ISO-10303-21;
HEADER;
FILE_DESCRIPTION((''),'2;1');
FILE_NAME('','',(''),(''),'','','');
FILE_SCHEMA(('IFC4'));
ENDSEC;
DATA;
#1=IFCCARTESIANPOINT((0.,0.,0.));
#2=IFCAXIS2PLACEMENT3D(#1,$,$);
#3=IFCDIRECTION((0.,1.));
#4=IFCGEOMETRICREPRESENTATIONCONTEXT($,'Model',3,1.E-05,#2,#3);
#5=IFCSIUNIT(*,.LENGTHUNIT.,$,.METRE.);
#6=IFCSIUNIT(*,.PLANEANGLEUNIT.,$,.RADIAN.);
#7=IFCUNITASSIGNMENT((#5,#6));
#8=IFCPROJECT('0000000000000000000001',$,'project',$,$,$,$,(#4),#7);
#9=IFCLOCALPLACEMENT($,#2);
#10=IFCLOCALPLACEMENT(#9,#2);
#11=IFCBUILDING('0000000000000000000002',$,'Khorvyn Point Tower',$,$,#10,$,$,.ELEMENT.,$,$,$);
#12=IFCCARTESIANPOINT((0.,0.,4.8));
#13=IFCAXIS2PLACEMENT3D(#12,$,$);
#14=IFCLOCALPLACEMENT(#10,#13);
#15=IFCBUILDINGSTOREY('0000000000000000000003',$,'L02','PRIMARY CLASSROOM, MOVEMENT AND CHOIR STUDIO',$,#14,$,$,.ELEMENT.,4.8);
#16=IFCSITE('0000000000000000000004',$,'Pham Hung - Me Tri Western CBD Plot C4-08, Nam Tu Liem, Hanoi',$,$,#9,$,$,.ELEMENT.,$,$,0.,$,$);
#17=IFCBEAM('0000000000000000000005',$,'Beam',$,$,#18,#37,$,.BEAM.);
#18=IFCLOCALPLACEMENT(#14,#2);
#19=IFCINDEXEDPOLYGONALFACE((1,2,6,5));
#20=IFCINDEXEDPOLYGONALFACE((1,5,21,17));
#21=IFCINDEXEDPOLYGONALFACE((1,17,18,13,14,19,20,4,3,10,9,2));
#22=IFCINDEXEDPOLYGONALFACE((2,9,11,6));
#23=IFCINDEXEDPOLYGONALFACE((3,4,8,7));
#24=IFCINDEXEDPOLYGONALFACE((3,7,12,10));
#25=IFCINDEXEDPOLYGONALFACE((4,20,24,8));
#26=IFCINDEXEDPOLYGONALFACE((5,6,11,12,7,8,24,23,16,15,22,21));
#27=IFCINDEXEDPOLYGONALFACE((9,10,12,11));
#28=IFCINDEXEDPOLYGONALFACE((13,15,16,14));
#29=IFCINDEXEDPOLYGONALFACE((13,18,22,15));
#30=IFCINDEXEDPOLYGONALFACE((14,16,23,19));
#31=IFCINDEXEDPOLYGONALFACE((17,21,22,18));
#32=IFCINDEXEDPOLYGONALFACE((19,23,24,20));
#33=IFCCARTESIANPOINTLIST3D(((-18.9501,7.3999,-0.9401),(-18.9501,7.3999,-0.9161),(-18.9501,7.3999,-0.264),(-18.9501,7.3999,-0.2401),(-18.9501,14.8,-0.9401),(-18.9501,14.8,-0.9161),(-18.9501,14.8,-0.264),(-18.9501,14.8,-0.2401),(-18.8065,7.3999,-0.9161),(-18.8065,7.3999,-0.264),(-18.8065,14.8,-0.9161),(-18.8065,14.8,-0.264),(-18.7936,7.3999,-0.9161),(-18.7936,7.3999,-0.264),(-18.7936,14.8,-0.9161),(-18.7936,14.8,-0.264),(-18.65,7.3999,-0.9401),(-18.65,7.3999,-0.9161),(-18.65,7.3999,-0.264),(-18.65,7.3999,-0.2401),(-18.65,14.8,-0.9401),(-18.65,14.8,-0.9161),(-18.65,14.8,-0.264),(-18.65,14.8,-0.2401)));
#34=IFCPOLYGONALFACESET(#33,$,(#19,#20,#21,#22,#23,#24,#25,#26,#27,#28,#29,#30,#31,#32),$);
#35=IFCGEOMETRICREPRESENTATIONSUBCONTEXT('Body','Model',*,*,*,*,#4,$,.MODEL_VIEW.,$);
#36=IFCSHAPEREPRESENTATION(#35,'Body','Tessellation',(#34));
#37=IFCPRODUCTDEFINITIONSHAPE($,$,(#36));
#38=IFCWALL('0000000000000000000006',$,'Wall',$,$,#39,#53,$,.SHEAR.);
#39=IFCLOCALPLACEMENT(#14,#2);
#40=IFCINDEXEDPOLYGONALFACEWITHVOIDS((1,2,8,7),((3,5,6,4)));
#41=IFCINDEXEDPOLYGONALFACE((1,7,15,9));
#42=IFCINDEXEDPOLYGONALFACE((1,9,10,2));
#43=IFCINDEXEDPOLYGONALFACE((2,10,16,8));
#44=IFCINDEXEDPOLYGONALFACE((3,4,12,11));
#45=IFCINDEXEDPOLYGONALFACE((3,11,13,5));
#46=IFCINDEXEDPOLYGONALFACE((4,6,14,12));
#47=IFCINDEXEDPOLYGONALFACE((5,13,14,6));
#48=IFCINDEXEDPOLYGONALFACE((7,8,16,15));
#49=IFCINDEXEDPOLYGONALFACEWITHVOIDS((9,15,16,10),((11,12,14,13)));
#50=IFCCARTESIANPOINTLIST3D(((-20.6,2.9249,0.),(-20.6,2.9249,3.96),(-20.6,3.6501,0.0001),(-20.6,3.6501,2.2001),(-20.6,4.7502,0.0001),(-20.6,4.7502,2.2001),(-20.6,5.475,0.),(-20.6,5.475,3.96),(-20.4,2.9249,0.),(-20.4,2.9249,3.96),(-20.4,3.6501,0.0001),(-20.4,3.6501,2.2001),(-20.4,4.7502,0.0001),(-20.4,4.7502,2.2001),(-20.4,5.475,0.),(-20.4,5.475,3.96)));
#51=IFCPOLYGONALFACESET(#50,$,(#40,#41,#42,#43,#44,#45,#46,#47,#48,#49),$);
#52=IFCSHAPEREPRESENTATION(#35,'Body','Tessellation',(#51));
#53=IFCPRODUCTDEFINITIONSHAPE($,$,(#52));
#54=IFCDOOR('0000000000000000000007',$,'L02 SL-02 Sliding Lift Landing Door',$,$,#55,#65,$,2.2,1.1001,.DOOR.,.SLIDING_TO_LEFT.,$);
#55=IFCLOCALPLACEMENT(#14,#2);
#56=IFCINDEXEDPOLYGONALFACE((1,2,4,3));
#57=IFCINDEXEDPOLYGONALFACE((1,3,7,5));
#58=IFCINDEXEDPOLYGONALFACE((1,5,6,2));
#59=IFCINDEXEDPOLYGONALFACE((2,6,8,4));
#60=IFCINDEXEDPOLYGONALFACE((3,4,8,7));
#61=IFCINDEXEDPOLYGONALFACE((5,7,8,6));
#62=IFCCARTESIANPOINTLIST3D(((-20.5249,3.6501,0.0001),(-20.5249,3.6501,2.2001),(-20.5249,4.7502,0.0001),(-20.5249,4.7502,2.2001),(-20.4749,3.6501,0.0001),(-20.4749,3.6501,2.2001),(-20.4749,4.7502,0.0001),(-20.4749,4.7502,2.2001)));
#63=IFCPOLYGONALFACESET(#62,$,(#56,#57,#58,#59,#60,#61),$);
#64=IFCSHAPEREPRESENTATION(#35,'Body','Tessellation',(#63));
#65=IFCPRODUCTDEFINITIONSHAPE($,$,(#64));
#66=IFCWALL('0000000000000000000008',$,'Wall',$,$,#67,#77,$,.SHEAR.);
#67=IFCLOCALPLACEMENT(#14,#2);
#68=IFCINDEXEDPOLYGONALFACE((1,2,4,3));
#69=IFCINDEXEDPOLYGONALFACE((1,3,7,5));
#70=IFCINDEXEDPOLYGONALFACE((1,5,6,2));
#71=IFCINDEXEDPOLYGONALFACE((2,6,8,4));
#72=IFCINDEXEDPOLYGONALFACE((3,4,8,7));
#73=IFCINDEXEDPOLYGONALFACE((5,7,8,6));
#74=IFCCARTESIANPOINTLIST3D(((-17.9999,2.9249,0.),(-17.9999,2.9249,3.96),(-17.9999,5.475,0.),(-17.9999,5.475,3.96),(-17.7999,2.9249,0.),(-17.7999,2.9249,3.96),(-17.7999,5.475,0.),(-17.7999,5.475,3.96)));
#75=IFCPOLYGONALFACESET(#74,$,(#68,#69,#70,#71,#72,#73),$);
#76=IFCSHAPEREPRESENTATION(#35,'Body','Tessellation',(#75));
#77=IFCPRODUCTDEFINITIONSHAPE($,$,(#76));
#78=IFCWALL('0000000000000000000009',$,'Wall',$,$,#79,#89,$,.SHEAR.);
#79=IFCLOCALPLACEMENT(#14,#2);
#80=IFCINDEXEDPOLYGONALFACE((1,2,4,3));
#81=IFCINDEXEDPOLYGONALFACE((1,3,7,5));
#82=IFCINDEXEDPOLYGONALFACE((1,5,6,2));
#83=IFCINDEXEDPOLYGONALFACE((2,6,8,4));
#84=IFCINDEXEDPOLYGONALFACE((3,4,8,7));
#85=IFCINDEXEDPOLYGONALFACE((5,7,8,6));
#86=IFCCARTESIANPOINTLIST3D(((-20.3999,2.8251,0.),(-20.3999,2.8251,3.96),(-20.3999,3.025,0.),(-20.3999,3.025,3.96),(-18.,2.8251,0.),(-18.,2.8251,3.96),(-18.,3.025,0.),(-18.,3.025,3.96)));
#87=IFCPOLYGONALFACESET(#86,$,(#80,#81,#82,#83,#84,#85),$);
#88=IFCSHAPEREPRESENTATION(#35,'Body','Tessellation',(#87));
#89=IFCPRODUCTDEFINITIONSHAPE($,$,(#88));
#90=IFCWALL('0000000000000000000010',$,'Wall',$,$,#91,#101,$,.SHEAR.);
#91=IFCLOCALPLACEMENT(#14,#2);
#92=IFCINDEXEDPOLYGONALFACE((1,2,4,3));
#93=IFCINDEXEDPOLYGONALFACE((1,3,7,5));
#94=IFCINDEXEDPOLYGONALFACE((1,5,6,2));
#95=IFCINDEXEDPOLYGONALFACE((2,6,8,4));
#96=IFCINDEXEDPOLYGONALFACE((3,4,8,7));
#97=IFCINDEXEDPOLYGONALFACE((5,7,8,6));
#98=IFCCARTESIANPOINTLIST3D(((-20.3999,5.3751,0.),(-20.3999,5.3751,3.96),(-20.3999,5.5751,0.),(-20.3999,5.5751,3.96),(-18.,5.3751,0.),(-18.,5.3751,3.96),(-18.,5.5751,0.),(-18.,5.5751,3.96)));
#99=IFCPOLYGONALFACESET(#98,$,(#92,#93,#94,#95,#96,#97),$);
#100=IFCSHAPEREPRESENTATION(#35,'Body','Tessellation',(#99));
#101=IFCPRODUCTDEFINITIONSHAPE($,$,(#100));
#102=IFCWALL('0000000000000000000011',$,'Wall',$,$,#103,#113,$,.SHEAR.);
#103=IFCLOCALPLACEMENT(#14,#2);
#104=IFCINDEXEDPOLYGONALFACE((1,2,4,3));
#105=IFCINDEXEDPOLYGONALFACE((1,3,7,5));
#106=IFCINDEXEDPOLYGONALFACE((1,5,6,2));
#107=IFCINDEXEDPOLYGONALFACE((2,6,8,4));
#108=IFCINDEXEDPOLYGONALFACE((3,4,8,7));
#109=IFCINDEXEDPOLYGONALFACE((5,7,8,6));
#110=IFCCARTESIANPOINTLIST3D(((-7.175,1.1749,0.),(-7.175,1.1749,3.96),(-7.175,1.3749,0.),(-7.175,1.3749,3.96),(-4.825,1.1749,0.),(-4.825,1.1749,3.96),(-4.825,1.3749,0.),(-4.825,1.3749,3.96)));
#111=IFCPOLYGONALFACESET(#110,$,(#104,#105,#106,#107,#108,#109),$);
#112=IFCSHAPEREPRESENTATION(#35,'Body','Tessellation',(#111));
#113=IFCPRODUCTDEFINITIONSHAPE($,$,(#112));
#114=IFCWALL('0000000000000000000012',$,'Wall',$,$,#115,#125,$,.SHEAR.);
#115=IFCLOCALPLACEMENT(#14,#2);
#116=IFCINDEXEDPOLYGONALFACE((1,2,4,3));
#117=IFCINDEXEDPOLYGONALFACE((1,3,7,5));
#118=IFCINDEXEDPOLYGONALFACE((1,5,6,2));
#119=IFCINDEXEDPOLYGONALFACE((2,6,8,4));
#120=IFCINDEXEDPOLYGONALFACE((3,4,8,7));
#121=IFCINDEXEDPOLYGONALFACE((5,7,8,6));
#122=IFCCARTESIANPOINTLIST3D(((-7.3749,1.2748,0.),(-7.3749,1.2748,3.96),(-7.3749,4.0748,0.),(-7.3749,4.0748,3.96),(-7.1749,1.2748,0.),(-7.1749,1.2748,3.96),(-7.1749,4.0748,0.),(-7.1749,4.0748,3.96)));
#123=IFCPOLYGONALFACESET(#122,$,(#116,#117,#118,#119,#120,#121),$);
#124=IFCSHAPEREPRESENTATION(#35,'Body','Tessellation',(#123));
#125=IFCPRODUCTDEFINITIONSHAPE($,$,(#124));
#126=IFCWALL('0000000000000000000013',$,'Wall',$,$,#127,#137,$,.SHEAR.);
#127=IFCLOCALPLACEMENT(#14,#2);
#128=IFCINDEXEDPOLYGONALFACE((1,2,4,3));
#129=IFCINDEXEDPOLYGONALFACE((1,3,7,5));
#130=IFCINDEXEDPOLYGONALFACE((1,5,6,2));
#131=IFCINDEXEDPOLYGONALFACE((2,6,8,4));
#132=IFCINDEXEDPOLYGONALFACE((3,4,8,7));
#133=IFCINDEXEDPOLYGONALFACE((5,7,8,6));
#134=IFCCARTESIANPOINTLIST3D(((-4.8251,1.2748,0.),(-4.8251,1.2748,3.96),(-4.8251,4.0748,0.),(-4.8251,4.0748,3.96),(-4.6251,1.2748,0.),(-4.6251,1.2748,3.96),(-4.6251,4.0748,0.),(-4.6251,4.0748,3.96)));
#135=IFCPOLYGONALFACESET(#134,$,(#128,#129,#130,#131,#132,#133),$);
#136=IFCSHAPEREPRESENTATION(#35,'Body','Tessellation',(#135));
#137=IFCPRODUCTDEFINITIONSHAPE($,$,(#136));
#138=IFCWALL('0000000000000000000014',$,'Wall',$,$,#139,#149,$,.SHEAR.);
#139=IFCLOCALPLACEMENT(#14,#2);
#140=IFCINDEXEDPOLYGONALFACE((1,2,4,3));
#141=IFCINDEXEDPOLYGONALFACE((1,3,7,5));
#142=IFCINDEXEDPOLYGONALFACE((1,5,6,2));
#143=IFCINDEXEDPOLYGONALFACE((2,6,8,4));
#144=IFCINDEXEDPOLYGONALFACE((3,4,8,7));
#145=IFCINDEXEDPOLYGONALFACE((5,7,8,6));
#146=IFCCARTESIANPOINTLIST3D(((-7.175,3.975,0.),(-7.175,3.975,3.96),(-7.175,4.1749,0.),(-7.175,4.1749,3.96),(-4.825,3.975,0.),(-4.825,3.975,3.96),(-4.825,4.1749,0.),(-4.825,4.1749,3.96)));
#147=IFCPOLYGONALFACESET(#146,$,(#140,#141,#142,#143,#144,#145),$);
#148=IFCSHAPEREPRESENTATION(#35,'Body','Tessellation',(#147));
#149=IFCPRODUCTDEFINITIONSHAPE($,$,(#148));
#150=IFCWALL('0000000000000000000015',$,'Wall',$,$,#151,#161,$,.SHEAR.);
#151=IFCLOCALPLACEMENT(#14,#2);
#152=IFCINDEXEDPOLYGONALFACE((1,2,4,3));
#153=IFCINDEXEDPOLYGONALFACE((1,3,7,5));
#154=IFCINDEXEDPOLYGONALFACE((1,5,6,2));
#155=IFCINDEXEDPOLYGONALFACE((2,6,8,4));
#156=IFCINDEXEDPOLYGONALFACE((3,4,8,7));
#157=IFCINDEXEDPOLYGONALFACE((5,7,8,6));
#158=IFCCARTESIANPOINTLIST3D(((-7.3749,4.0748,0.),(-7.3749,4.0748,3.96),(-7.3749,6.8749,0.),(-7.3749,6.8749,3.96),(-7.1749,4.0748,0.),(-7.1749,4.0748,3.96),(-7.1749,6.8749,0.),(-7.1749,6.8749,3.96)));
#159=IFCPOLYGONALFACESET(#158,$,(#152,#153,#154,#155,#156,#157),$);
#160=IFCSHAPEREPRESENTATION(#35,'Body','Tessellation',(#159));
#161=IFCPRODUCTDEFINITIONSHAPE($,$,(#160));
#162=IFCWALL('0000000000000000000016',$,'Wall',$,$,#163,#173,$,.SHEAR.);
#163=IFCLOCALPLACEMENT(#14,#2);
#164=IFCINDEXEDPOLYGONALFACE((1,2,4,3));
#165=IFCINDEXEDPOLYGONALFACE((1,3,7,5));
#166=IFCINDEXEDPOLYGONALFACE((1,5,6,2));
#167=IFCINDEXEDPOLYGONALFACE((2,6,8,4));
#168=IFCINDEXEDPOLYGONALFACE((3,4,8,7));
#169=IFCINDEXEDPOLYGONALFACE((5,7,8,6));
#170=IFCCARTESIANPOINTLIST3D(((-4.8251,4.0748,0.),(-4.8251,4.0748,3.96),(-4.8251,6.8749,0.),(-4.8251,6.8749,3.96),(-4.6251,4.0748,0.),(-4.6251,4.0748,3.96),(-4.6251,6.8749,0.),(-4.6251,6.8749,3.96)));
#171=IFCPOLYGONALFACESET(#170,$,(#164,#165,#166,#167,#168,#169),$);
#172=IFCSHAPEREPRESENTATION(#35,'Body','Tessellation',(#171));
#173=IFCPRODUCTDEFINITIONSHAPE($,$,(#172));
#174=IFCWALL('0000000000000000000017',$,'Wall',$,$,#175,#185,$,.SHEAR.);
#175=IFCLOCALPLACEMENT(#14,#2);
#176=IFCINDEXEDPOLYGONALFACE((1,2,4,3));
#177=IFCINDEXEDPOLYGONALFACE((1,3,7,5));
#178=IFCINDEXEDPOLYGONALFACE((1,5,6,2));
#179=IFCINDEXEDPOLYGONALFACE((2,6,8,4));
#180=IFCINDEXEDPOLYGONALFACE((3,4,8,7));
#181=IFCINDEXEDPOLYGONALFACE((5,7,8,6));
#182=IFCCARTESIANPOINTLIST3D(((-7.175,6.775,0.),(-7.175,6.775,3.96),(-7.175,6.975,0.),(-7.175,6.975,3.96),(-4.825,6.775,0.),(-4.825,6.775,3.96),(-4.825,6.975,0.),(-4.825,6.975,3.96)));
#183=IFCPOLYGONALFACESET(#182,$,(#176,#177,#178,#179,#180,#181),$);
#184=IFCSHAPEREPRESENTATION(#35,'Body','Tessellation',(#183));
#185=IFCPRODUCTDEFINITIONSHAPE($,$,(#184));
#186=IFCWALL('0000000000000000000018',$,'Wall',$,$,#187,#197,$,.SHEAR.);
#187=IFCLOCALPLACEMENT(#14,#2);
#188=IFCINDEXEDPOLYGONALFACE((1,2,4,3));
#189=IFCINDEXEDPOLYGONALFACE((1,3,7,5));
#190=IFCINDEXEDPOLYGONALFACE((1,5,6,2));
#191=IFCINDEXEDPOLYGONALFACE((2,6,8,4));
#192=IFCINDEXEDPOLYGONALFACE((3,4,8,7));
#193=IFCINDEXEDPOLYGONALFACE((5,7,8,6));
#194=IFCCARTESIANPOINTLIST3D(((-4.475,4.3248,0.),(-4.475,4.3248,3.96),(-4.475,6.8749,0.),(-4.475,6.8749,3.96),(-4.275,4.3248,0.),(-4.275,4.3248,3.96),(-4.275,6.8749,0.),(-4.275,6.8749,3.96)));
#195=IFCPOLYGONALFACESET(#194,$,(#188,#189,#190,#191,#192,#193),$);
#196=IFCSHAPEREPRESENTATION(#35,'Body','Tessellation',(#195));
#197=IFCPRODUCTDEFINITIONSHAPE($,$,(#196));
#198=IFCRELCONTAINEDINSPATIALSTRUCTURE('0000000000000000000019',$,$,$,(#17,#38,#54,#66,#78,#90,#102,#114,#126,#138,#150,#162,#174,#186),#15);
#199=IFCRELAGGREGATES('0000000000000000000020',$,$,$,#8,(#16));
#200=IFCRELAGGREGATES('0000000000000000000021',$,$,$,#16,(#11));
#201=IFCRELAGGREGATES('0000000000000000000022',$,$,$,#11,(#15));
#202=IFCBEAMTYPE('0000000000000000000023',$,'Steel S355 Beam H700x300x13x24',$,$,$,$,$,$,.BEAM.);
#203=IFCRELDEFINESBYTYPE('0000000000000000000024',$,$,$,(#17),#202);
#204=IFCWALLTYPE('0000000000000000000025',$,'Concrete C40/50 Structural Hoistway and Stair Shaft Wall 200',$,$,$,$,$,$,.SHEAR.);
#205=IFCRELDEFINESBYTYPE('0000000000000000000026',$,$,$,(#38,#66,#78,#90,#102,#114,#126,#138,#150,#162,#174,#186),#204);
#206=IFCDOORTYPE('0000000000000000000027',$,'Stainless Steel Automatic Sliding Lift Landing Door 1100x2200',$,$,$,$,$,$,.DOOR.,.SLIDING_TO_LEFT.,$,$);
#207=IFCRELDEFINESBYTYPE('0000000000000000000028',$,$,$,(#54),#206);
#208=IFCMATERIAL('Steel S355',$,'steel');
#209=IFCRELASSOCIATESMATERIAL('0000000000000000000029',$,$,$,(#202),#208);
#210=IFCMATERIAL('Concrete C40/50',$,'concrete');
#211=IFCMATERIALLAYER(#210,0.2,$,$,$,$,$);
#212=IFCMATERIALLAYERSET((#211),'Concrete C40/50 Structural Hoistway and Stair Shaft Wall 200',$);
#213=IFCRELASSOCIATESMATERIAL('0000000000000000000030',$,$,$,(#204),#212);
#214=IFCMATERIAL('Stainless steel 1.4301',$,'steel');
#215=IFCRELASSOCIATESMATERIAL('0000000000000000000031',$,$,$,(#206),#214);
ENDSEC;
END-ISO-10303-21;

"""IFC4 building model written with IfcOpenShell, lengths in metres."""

from ifc_helpers import new_model, si_unit, direction, frame, frame_2d, origin, origin_2d, place, context, subcontext, project, spatial, rectangle, i_section, extrude, material, layer, layer_set, material_profile, profile_set, type_object, element, fill, save


model = new_model("IFC4")

# Units and contexts
model_context = context("Model", 3, precision=1e-05, world=origin(), true_north=direction((0.0, 1.0)))
body_context = subcontext(model_context, "Body", "Model", "MODEL_VIEW")
ifc_project = project(units=[si_unit("LENGTHUNIT", "METRE"), si_unit("PLANEANGLEUNIT", "RADIAN")], contexts=[model_context])

# Site, building, storey
site_placement = place(None, origin())
site = spatial("IfcSite", under=ifc_project, at=site_placement, Name="Pham Hung - Me Tri Western CBD Plot C4-08, Nam Tu Liem, Hanoi", CompositionType="ELEMENT", RefElevation=0.0)
building_placement = place(site_placement, origin())
building = spatial("IfcBuilding", under=site, at=building_placement, Name="Khorvyn Point Tower", CompositionType="ELEMENT")
storey_placement = place(building_placement, frame((0.0, 0.0, 4.8)))
storey = spatial("IfcBuildingStorey", under=building, at=storey_placement, Name="L02", Description="PRIMARY CLASSROOM, MOVEMENT AND CHOIR STUDIO", CompositionType="ELEMENT", Elevation=4.8)

# Shared definitions
ifc_material_1 = material(Name="Concrete C40/50", Category="concrete")

# Beam
ifc_material_2 = material(Name="Steel S355", Category="steel")
ifc_material_profile_1 = material_profile(ifc_material_2, i_section(OverallWidth=0.3, OverallDepth=0.7, WebThickness=0.0129, FlangeThickness=0.0239, at=origin_2d()))
ifc_profile_set_1 = profile_set([ifc_material_profile_1], Name="Steel S355 H700x300x13x24")
beam_type_1 = type_object("IfcBeamType", Name="Steel S355 Beam H700x300x13x24", PredefinedType="BEAM", material=ifc_profile_set_1)
for number, where, z_axis, x_axis, name in (
    (1, (-18.8, 7.3999, -0.5901), (0.0, 1.0, 0.0), (-1.0, 0.0, 0.0), "Beam"),
):
    element("IfcBeam", number, at=place(storey_placement, frame(where, z_axis=z_axis, x_axis=x_axis)), inside=storey, type_object=beam_type_1, Name=name, PredefinedType="BEAM", context=body_context, shape_type="SweptSolid", body=[
        extrude(i_section(OverallWidth=0.3, OverallDepth=0.7, WebThickness=0.0129, FlangeThickness=0.0239, at=origin_2d()), origin(), (0.0, 0.0, 1.0), 7.4001),
    ])

# Wall, opening, door
ifc_layer_1 = layer(ifc_material_1, 0.2)
ifc_layer_set_1 = layer_set([ifc_layer_1], Name="Concrete C40/50 Structural Hoistway and Stair Shaft Wall 200")
wall_type_1 = type_object("IfcWallType", Name="Concrete C40/50 Structural Hoistway and Stair Shaft Wall 200", PredefinedType="SHEAR", material=ifc_layer_set_1)
wall_1_placement = place(storey_placement, frame((-20.5, 2.925, 0.0), z_axis=(0.0, 0.0, 1.0), x_axis=(0.0, 1.0, 0.0)))
wall_1 = element("IfcWall", 2, at=wall_1_placement, inside=storey, type_object=wall_type_1, Name="Wall", PredefinedType="SHEAR", context=body_context, shape_type="SweptSolid", body=[
    extrude(rectangle(XDim=2.55, YDim=0.2, at=frame_2d((1.2749, 0.0))), origin(), (0.0, 0.0, 1.0), 3.96),
])
opening_placement = place(wall_1_placement, frame((0.7251, 0.0, 0.0)))
opening = element("IfcOpeningElement", 3, at=opening_placement, cuts=wall_1, PredefinedType="OPENING", context=body_context, shape_type="SweptSolid", body=[
    extrude(rectangle(XDim=1.1001, YDim=2.2, at=frame_2d((0.55, 1.1001))), frame((0.0, 0.1099, 0.0), z_axis=(0.0, -1.0, 0.0), x_axis=(1.0, 0.0, 0.0)), (0.0, 0.0, 1.0), 0.22),
])
ifc_material_3 = material(Name="Stainless steel 1.4301", Category="steel")
door_type = type_object("IfcDoorType", Name="Stainless Steel Automatic Sliding Lift Landing Door 1100x2200", OperationType="SLIDING_TO_LEFT", PredefinedType="DOOR", material=ifc_material_3)
door_placement = place(opening_placement, origin())
door = element("IfcDoor", 4, at=door_placement, inside=storey, type_object=door_type, Name="L02 SL-02 Sliding Lift Landing Door", OperationType="SLIDING_TO_LEFT", OverallHeight=2.2, OverallWidth=1.1001, PredefinedType="DOOR", context=body_context, shape_type="SweptSolid", body=[
    extrude(rectangle(XDim=1.1001, YDim=2.2, at=frame_2d((0.55, 1.1001))), frame((0.0, 0.0249, 0.0), z_axis=(0.0, -1.0, 0.0), x_axis=(1.0, 0.0, 0.0)), (0.0, 0.0, 1.0), 0.05),
])
fill(opening, door)

# Walls
wall_2_placement = place(storey_placement, frame((-17.8999, 2.925, 0.0), z_axis=(0.0, 0.0, 1.0), x_axis=(0.0, 1.0, 0.0)))
element("IfcWall", 5, at=wall_2_placement, inside=storey, type_object=wall_type_1, Name="Wall", PredefinedType="SHEAR", context=body_context, shape_type="SweptSolid", body=[
    extrude(rectangle(XDim=2.55, YDim=0.2, at=frame_2d((1.2749, 0.0))), origin(), (0.0, 0.0, 1.0), 3.96),
])
for number, where, z_axis, x_axis, name in (
    (6, (-20.3999, 2.925, 0.0), (0.0, 0.0, 1.0), (1.0, 0.0, 0.0), "Wall"),
    (7, (-20.3999, 5.4751, 0.0), (0.0, 0.0, 1.0), (1.0, 0.0, 0.0), "Wall"),
):
    element("IfcWall", number, at=place(storey_placement, frame(where, z_axis=z_axis, x_axis=x_axis)), inside=storey, type_object=wall_type_1, Name=name, PredefinedType="SHEAR", context=body_context, shape_type="SweptSolid", body=[
        extrude(rectangle(XDim=2.3999, YDim=0.2, at=frame_2d((1.2, 0.0))), origin(), (0.0, 0.0, 1.0), 3.96),
    ])
wall_3_placement = place(storey_placement, frame((-7.175, 1.2749, 0.0), z_axis=(0.0, 0.0, 1.0), x_axis=(1.0, 0.0, 0.0)))
element("IfcWall", 8, at=wall_3_placement, inside=storey, type_object=wall_type_1, Name="Wall", PredefinedType="SHEAR", context=body_context, shape_type="SweptSolid", body=[
    extrude(rectangle(XDim=2.3501, YDim=0.2, at=frame_2d((1.175, 0.0))), origin(), (0.0, 0.0, 1.0), 3.96),
])
for number, where, z_axis, x_axis, name in (
    (9, (-7.2749, 1.2749, 0.0), (0.0, 0.0, 1.0), (0.0, 1.0, 0.0), "Wall"),
    (10, (-4.7251, 1.2749, 0.0), (0.0, 0.0, 1.0), (0.0, 1.0, 0.0), "Wall"),
):
    element("IfcWall", number, at=place(storey_placement, frame(where, z_axis=z_axis, x_axis=x_axis)), inside=storey, type_object=wall_type_1, Name=name, PredefinedType="SHEAR", context=body_context, shape_type="SweptSolid", body=[
        extrude(rectangle(XDim=2.8, YDim=0.2, at=frame_2d((1.3999, 0.0))), origin(), (0.0, 0.0, 1.0), 3.96),
    ])
wall_4_placement = place(storey_placement, frame((-7.175, 4.075, 0.0), z_axis=(0.0, 0.0, 1.0), x_axis=(1.0, 0.0, 0.0)))
element("IfcWall", 11, at=wall_4_placement, inside=storey, type_object=wall_type_1, Name="Wall", PredefinedType="SHEAR", context=body_context, shape_type="SweptSolid", body=[
    extrude(rectangle(XDim=2.3501, YDim=0.2, at=frame_2d((1.175, 0.0))), origin(), (0.0, 0.0, 1.0), 3.96),
])
for number, where, z_axis, x_axis, name in (
    (12, (-7.2749, 4.075, 0.0), (0.0, 0.0, 1.0), (0.0, 1.0, 0.0), "Wall"),
    (13, (-4.7251, 4.075, 0.0), (0.0, 0.0, 1.0), (0.0, 1.0, 0.0), "Wall"),
):
    element("IfcWall", number, at=place(storey_placement, frame(where, z_axis=z_axis, x_axis=x_axis)), inside=storey, type_object=wall_type_1, Name=name, PredefinedType="SHEAR", context=body_context, shape_type="SweptSolid", body=[
        extrude(rectangle(XDim=2.8, YDim=0.2, at=frame_2d((1.3999, 0.0))), origin(), (0.0, 0.0, 1.0), 3.96),
    ])
wall_5_placement = place(storey_placement, frame((-7.175, 6.875, 0.0), z_axis=(0.0, 0.0, 1.0), x_axis=(1.0, 0.0, 0.0)))
element("IfcWall", 14, at=wall_5_placement, inside=storey, type_object=wall_type_1, Name="Wall", PredefinedType="SHEAR", context=body_context, shape_type="SweptSolid", body=[
    extrude(rectangle(XDim=2.3501, YDim=0.2, at=frame_2d((1.175, 0.0))), origin(), (0.0, 0.0, 1.0), 3.96),
])
wall_6_placement = place(storey_placement, frame((-4.375, 4.325, 0.0), z_axis=(0.0, 0.0, 1.0), x_axis=(0.0, 1.0, 0.0)))
element("IfcWall", 15, at=wall_6_placement, inside=storey, type_object=wall_type_1, Name="Wall", PredefinedType="SHEAR", context=body_context, shape_type="SweptSolid", body=[
    extrude(rectangle(XDim=2.55, YDim=0.2, at=frame_2d((1.2749, 0.0))), origin(), (0.0, 0.0, 1.0), 3.96),
])

save(model, "model.ifc")
